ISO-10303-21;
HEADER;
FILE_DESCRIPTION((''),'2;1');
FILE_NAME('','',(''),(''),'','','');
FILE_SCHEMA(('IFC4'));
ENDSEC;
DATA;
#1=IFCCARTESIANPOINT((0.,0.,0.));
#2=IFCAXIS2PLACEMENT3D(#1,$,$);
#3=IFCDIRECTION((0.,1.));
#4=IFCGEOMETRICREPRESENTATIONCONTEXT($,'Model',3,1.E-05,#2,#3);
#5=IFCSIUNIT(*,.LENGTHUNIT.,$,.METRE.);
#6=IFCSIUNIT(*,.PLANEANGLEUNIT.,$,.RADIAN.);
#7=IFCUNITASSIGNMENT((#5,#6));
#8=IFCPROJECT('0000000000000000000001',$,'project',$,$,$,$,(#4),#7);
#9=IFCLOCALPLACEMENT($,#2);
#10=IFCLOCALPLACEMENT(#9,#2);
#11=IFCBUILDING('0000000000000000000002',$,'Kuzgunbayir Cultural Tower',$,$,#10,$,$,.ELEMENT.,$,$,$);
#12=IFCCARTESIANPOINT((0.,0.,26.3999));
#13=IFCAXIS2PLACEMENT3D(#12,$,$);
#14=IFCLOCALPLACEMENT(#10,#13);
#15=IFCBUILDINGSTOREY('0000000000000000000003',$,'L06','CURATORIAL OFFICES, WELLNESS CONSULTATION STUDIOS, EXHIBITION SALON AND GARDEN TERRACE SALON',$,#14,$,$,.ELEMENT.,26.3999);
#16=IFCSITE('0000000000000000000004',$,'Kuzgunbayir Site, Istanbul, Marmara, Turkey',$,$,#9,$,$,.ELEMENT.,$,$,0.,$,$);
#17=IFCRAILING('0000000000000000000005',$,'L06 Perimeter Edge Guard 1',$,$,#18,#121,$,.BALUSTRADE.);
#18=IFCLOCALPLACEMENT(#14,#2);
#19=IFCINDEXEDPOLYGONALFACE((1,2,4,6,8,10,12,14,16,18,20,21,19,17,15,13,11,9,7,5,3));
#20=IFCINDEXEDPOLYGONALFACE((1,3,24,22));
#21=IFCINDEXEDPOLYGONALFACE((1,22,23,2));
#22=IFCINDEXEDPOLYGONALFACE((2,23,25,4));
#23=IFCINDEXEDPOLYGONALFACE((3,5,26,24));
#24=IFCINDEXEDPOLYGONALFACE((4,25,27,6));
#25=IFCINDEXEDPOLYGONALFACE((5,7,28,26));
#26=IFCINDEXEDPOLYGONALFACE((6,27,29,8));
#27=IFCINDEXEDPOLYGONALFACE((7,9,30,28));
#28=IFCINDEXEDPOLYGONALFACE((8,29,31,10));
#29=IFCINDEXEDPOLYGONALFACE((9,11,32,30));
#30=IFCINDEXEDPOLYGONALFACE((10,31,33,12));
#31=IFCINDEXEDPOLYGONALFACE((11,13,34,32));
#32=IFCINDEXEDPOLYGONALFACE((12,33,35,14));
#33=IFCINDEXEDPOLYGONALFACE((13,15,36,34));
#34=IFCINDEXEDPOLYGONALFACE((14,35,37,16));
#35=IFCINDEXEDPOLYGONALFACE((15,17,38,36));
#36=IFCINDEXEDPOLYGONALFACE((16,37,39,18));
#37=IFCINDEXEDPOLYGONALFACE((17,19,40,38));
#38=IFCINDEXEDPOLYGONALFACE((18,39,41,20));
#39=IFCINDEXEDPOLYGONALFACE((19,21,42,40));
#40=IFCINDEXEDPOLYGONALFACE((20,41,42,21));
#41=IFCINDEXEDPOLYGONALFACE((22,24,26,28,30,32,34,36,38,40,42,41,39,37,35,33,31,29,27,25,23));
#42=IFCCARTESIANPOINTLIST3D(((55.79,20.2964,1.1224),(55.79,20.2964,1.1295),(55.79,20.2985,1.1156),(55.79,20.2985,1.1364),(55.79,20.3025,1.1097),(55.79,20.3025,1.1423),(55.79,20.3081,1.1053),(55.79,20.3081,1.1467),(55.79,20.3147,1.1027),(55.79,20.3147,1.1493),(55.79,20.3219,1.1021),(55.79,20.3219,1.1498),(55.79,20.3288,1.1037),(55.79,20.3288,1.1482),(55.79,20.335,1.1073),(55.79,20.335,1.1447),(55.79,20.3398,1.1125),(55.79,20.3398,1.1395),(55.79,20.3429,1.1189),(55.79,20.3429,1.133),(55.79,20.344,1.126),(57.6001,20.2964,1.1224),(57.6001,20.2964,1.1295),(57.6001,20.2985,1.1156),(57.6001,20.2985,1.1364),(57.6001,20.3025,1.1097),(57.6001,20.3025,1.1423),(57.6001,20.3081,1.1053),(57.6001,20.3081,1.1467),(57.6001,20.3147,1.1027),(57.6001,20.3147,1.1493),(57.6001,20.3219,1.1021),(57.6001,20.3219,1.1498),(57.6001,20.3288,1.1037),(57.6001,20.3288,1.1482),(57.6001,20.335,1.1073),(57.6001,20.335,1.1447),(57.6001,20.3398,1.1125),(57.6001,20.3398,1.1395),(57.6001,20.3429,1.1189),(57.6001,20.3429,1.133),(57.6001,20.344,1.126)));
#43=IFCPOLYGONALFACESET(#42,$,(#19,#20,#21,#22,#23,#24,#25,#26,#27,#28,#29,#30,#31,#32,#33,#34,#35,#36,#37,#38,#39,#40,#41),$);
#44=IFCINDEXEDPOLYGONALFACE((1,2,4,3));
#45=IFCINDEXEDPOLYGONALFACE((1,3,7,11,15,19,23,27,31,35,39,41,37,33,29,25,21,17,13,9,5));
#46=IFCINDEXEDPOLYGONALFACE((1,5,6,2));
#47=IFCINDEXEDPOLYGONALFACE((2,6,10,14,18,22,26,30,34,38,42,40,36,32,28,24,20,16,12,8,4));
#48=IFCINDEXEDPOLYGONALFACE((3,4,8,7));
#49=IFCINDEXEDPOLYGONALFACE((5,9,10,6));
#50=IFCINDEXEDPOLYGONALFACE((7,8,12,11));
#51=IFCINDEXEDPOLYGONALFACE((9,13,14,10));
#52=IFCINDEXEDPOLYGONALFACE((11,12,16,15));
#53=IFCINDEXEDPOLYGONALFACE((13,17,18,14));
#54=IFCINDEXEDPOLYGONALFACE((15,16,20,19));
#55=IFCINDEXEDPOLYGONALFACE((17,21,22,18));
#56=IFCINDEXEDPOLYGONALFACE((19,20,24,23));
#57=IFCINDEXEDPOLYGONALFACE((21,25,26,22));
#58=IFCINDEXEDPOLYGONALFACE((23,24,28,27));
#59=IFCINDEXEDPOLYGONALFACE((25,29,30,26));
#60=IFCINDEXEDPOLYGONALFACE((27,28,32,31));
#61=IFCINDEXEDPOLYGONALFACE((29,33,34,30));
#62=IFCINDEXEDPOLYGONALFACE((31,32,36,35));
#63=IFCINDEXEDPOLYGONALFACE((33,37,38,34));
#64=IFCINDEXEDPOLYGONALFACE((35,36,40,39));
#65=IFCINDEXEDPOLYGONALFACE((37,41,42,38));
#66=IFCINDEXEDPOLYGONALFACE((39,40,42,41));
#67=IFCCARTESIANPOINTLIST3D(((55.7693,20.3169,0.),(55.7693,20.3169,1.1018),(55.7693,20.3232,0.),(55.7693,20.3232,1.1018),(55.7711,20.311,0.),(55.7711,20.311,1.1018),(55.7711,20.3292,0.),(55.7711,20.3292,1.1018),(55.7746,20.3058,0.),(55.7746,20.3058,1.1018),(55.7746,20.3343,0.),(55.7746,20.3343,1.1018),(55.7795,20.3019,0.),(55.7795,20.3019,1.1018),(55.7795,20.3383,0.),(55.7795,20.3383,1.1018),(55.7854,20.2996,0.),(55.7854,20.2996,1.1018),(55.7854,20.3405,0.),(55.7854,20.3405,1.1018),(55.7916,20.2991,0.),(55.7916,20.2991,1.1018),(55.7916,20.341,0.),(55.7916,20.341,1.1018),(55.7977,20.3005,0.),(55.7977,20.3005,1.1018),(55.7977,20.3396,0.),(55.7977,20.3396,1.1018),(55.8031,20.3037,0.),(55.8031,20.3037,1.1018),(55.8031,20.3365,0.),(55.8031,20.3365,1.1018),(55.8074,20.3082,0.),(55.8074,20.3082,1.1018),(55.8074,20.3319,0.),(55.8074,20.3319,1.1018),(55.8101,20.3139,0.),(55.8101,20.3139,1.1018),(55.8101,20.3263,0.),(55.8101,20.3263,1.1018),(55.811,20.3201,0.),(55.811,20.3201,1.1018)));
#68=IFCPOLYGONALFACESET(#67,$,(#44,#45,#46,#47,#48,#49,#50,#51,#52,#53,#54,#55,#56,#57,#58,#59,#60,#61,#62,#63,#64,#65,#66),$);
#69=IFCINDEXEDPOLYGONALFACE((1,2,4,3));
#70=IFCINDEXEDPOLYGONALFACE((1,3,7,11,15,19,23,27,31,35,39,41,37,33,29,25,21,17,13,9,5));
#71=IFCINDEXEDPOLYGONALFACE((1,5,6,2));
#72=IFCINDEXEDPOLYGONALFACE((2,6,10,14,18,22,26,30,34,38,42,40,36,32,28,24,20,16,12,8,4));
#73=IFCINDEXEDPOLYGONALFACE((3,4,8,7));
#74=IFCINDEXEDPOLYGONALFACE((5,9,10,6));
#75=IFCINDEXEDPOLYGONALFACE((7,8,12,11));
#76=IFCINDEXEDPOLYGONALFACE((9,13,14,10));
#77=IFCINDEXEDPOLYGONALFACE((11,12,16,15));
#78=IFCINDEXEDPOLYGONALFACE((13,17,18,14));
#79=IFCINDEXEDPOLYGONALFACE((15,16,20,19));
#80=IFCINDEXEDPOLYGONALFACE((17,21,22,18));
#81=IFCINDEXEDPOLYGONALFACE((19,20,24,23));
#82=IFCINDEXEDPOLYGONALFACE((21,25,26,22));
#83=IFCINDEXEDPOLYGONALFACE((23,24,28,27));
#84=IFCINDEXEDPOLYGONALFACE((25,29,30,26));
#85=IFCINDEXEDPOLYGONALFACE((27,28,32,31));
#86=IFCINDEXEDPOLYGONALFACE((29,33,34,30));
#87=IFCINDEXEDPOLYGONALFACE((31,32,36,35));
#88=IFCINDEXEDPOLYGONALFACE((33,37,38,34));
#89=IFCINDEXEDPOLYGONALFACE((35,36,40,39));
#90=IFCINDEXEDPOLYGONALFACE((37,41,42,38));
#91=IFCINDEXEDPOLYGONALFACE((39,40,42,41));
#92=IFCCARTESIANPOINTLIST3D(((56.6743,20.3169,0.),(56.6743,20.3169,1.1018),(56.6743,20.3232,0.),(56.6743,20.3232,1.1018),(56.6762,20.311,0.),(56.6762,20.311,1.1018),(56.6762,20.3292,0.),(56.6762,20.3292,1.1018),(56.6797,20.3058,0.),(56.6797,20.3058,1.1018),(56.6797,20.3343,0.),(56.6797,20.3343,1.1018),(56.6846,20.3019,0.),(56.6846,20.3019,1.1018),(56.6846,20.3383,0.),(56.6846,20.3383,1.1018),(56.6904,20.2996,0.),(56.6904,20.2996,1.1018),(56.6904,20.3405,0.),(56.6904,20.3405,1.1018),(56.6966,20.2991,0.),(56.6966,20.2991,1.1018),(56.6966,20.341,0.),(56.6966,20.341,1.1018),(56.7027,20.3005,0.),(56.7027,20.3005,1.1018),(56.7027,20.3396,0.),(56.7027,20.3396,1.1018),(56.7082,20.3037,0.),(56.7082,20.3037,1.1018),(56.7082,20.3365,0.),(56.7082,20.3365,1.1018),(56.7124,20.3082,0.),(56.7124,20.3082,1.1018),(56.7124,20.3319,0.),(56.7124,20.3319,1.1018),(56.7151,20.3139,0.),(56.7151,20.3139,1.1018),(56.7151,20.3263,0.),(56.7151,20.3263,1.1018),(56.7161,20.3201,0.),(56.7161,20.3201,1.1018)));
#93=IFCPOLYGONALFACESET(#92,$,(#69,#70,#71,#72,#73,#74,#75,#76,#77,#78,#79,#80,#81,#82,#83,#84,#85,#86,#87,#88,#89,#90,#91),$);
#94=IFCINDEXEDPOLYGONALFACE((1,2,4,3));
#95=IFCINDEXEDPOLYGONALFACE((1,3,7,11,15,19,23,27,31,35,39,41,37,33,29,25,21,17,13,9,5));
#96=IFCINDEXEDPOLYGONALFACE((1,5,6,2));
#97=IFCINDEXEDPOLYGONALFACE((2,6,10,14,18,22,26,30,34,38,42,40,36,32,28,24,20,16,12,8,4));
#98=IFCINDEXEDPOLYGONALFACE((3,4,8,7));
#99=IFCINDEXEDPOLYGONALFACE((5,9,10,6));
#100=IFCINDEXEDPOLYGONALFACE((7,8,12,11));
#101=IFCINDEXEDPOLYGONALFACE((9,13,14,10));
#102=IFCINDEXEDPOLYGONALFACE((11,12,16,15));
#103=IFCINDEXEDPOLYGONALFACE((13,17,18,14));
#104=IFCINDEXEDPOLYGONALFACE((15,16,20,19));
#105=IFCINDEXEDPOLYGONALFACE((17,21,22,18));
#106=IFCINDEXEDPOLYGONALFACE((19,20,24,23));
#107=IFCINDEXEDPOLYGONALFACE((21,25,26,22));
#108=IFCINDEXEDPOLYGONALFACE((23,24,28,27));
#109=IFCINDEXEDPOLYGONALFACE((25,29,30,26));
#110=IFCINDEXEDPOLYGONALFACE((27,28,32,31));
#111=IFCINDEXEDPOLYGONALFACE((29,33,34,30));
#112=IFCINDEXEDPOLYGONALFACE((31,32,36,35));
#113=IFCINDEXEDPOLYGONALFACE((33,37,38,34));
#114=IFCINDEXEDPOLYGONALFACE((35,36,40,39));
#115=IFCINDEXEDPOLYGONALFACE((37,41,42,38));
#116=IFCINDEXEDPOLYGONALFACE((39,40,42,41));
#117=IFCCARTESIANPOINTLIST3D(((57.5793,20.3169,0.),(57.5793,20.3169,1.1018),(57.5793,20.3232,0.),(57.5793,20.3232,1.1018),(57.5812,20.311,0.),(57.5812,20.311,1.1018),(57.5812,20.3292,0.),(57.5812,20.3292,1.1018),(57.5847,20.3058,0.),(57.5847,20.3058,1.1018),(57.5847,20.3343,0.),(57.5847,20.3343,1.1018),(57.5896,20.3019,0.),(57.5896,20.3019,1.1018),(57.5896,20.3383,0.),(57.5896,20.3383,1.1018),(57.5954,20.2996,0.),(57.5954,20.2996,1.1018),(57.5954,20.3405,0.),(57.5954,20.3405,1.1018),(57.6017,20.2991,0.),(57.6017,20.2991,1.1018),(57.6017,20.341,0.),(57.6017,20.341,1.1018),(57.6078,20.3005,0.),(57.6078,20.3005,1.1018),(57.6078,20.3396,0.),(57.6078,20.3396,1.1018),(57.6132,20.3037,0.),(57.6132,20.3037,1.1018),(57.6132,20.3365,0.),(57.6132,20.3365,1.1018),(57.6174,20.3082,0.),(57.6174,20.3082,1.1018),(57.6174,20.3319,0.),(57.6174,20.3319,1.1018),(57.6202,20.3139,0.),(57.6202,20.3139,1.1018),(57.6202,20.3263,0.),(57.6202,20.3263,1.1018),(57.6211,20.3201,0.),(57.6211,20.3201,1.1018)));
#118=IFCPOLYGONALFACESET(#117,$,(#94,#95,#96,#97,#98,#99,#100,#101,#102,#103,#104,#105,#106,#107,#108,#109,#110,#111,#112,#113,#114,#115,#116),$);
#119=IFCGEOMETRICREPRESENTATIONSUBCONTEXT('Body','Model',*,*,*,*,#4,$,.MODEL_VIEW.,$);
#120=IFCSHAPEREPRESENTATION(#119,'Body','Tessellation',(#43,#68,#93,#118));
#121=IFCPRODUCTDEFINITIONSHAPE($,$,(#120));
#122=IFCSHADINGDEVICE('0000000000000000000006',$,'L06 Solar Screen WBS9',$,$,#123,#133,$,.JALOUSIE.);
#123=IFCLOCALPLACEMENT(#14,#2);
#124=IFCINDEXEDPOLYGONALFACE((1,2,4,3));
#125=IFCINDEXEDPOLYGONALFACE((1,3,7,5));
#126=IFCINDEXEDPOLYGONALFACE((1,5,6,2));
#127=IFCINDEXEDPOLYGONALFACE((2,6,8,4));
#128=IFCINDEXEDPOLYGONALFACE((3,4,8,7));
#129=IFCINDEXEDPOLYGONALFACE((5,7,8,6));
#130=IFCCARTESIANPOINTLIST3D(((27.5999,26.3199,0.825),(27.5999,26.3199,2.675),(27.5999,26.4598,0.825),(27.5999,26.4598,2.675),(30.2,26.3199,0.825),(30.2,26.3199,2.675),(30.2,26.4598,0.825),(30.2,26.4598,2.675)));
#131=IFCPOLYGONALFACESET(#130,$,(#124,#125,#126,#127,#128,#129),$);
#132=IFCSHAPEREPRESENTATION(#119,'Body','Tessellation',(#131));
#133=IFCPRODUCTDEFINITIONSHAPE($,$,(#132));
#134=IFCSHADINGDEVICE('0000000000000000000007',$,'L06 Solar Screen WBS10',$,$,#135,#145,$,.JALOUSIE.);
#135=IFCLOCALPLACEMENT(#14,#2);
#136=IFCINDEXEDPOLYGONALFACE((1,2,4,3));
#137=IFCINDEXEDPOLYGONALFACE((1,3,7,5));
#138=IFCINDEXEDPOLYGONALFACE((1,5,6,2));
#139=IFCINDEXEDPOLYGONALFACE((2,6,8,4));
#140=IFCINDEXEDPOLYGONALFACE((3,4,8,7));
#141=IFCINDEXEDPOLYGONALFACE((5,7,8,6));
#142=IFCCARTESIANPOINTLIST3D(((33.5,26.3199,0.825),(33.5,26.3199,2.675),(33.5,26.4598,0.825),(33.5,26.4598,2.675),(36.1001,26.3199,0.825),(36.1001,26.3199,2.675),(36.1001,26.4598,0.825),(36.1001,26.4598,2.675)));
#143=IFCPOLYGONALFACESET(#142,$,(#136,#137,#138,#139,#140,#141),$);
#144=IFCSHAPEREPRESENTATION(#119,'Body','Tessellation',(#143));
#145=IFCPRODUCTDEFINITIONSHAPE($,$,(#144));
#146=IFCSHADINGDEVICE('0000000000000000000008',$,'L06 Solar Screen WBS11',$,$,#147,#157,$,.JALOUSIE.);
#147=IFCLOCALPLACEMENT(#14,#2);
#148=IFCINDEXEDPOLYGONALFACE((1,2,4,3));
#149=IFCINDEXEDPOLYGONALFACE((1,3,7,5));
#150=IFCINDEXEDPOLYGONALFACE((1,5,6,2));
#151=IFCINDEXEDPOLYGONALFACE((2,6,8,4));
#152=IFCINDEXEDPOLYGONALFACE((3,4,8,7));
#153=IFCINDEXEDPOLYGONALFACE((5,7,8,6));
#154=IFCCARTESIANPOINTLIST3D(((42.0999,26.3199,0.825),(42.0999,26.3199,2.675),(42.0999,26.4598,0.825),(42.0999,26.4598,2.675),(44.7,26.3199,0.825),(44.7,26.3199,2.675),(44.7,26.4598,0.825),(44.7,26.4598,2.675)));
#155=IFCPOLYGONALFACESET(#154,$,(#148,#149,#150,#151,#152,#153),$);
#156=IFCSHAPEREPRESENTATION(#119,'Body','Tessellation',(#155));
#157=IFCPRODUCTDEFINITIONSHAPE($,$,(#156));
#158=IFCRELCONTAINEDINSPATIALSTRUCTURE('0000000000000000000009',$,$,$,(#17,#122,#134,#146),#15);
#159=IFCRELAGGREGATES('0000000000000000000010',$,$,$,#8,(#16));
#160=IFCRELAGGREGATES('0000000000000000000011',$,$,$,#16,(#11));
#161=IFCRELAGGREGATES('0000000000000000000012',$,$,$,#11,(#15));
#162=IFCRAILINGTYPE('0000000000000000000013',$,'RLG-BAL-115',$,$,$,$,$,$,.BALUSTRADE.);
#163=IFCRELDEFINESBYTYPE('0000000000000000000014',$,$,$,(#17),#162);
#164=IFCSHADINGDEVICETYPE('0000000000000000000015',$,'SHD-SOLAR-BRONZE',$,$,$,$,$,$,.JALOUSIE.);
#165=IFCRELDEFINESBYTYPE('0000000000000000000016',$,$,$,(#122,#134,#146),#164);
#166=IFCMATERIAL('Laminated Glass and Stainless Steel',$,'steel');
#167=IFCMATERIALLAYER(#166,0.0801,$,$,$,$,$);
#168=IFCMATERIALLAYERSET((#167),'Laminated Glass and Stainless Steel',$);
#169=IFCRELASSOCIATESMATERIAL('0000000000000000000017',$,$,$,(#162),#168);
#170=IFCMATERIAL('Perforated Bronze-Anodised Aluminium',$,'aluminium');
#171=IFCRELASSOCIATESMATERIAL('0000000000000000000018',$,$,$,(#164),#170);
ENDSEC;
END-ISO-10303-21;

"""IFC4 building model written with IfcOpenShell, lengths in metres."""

from ifc_helpers import new_model, si_unit, direction, frame, origin, origin_2d, place, context, subcontext, project, spatial, rectangle, circle, extrude, material, layer, layer_set, type_object, element, save


model = new_model("IFC4")

# Units and contexts
model_context = context("Model", 3, precision=1e-05, world=origin(), true_north=direction((0.0, 1.0)))
body_context = subcontext(model_context, "Body", "Model", "MODEL_VIEW")
ifc_project = project(units=[si_unit("LENGTHUNIT", "METRE"), si_unit("PLANEANGLEUNIT", "RADIAN")], contexts=[model_context])

# Site, building, storey
site_placement = place(None, origin())
site = spatial("IfcSite", under=ifc_project, at=site_placement, Name="Kuzgunbayir Site, Istanbul, Marmara, Turkey", CompositionType="ELEMENT", RefElevation=0.0)
building_placement = place(site_placement, origin())
building = spatial("IfcBuilding", under=site, at=building_placement, Name="Kuzgunbayir Cultural Tower", CompositionType="ELEMENT")
storey_placement = place(building_placement, frame((0.0, 0.0, 26.3999)))
storey = spatial("IfcBuildingStorey", under=building, at=storey_placement, Name="L06", Description="CURATORIAL OFFICES, WELLNESS CONSULTATION STUDIOS, EXHIBITION SALON AND GARDEN TERRACE SALON", CompositionType="ELEMENT", Elevation=26.3999)

# Railing
ifc_material_1 = material(Name="Laminated Glass and Stainless Steel", Category="steel")
ifc_layer_1 = layer(ifc_material_1, 0.0801)
ifc_layer_set_1 = layer_set([ifc_layer_1], Name="Laminated Glass and Stainless Steel")
railing_type = type_object("IfcRailingType", Name="RLG-BAL-115", PredefinedType="BALUSTRADE", material=ifc_layer_set_1)
railing_1_placement = place(storey_placement, frame((55.79, 20.3201, 0.0)))
element("IfcRailing", 1, at=railing_1_placement, inside=storey, type_object=railing_type, Name="L06 Perimeter Edge Guard 1", PredefinedType="BALUSTRADE", context=body_context, shape_type="SweptSolid", body=[
    extrude(circle(Radius=0.0239, at=origin_2d()), frame((0.0, 0.0, 1.126), z_axis=(1.0, 0.0, 0.0), x_axis=(0.0, 1.0, 0.0)), (0.0, 0.0, 1.0), 1.8101),
    extrude(circle(Radius=0.021, at=origin_2d()), origin(), (0.0, 0.0, 1.0), 1.1018),
    extrude(circle(Radius=0.021, at=origin_2d()), frame((0.905, 0.0, 0.0)), (0.0, 0.0, 1.0), 1.1018),
    extrude(circle(Radius=0.021, at=origin_2d()), frame((1.8101, 0.0, 0.0)), (0.0, 0.0, 1.0), 1.1018),
])

# Shading devices
ifc_material_2 = material(Name="Perforated Bronze-Anodised Aluminium", Category="aluminium")
shading_device_type = type_object("IfcShadingDeviceType", Name="SHD-SOLAR-BRONZE", PredefinedType="JALOUSIE", material=ifc_material_2)
for number, where, z_axis, x_axis, name in (
    (2, (28.8999, 26.3899, 0.825), (0.0, 0.0, 1.0), (1.0, 0.0, 0.0), "L06 Solar Screen WBS9"),
    (3, (34.8, 26.3899, 0.825), (0.0, 0.0, 1.0), (1.0, 0.0, 0.0), "L06 Solar Screen WBS10"),
    (4, (43.3999, 26.3899, 0.825), (0.0, 0.0, 1.0), (1.0, 0.0, 0.0), "L06 Solar Screen WBS11"),
):
    element("IfcShadingDevice", number, at=place(storey_placement, frame(where, z_axis=z_axis, x_axis=x_axis)), inside=storey, type_object=shading_device_type, Name=name, PredefinedType="JALOUSIE", context=body_context, shape_type="SweptSolid", body=[
        extrude(rectangle(XDim=2.6001, YDim=0.1399, at=origin_2d()), origin(), (0.0, 0.0, 1.0), 1.8501),
    ])

save(model, "model.ifc")
